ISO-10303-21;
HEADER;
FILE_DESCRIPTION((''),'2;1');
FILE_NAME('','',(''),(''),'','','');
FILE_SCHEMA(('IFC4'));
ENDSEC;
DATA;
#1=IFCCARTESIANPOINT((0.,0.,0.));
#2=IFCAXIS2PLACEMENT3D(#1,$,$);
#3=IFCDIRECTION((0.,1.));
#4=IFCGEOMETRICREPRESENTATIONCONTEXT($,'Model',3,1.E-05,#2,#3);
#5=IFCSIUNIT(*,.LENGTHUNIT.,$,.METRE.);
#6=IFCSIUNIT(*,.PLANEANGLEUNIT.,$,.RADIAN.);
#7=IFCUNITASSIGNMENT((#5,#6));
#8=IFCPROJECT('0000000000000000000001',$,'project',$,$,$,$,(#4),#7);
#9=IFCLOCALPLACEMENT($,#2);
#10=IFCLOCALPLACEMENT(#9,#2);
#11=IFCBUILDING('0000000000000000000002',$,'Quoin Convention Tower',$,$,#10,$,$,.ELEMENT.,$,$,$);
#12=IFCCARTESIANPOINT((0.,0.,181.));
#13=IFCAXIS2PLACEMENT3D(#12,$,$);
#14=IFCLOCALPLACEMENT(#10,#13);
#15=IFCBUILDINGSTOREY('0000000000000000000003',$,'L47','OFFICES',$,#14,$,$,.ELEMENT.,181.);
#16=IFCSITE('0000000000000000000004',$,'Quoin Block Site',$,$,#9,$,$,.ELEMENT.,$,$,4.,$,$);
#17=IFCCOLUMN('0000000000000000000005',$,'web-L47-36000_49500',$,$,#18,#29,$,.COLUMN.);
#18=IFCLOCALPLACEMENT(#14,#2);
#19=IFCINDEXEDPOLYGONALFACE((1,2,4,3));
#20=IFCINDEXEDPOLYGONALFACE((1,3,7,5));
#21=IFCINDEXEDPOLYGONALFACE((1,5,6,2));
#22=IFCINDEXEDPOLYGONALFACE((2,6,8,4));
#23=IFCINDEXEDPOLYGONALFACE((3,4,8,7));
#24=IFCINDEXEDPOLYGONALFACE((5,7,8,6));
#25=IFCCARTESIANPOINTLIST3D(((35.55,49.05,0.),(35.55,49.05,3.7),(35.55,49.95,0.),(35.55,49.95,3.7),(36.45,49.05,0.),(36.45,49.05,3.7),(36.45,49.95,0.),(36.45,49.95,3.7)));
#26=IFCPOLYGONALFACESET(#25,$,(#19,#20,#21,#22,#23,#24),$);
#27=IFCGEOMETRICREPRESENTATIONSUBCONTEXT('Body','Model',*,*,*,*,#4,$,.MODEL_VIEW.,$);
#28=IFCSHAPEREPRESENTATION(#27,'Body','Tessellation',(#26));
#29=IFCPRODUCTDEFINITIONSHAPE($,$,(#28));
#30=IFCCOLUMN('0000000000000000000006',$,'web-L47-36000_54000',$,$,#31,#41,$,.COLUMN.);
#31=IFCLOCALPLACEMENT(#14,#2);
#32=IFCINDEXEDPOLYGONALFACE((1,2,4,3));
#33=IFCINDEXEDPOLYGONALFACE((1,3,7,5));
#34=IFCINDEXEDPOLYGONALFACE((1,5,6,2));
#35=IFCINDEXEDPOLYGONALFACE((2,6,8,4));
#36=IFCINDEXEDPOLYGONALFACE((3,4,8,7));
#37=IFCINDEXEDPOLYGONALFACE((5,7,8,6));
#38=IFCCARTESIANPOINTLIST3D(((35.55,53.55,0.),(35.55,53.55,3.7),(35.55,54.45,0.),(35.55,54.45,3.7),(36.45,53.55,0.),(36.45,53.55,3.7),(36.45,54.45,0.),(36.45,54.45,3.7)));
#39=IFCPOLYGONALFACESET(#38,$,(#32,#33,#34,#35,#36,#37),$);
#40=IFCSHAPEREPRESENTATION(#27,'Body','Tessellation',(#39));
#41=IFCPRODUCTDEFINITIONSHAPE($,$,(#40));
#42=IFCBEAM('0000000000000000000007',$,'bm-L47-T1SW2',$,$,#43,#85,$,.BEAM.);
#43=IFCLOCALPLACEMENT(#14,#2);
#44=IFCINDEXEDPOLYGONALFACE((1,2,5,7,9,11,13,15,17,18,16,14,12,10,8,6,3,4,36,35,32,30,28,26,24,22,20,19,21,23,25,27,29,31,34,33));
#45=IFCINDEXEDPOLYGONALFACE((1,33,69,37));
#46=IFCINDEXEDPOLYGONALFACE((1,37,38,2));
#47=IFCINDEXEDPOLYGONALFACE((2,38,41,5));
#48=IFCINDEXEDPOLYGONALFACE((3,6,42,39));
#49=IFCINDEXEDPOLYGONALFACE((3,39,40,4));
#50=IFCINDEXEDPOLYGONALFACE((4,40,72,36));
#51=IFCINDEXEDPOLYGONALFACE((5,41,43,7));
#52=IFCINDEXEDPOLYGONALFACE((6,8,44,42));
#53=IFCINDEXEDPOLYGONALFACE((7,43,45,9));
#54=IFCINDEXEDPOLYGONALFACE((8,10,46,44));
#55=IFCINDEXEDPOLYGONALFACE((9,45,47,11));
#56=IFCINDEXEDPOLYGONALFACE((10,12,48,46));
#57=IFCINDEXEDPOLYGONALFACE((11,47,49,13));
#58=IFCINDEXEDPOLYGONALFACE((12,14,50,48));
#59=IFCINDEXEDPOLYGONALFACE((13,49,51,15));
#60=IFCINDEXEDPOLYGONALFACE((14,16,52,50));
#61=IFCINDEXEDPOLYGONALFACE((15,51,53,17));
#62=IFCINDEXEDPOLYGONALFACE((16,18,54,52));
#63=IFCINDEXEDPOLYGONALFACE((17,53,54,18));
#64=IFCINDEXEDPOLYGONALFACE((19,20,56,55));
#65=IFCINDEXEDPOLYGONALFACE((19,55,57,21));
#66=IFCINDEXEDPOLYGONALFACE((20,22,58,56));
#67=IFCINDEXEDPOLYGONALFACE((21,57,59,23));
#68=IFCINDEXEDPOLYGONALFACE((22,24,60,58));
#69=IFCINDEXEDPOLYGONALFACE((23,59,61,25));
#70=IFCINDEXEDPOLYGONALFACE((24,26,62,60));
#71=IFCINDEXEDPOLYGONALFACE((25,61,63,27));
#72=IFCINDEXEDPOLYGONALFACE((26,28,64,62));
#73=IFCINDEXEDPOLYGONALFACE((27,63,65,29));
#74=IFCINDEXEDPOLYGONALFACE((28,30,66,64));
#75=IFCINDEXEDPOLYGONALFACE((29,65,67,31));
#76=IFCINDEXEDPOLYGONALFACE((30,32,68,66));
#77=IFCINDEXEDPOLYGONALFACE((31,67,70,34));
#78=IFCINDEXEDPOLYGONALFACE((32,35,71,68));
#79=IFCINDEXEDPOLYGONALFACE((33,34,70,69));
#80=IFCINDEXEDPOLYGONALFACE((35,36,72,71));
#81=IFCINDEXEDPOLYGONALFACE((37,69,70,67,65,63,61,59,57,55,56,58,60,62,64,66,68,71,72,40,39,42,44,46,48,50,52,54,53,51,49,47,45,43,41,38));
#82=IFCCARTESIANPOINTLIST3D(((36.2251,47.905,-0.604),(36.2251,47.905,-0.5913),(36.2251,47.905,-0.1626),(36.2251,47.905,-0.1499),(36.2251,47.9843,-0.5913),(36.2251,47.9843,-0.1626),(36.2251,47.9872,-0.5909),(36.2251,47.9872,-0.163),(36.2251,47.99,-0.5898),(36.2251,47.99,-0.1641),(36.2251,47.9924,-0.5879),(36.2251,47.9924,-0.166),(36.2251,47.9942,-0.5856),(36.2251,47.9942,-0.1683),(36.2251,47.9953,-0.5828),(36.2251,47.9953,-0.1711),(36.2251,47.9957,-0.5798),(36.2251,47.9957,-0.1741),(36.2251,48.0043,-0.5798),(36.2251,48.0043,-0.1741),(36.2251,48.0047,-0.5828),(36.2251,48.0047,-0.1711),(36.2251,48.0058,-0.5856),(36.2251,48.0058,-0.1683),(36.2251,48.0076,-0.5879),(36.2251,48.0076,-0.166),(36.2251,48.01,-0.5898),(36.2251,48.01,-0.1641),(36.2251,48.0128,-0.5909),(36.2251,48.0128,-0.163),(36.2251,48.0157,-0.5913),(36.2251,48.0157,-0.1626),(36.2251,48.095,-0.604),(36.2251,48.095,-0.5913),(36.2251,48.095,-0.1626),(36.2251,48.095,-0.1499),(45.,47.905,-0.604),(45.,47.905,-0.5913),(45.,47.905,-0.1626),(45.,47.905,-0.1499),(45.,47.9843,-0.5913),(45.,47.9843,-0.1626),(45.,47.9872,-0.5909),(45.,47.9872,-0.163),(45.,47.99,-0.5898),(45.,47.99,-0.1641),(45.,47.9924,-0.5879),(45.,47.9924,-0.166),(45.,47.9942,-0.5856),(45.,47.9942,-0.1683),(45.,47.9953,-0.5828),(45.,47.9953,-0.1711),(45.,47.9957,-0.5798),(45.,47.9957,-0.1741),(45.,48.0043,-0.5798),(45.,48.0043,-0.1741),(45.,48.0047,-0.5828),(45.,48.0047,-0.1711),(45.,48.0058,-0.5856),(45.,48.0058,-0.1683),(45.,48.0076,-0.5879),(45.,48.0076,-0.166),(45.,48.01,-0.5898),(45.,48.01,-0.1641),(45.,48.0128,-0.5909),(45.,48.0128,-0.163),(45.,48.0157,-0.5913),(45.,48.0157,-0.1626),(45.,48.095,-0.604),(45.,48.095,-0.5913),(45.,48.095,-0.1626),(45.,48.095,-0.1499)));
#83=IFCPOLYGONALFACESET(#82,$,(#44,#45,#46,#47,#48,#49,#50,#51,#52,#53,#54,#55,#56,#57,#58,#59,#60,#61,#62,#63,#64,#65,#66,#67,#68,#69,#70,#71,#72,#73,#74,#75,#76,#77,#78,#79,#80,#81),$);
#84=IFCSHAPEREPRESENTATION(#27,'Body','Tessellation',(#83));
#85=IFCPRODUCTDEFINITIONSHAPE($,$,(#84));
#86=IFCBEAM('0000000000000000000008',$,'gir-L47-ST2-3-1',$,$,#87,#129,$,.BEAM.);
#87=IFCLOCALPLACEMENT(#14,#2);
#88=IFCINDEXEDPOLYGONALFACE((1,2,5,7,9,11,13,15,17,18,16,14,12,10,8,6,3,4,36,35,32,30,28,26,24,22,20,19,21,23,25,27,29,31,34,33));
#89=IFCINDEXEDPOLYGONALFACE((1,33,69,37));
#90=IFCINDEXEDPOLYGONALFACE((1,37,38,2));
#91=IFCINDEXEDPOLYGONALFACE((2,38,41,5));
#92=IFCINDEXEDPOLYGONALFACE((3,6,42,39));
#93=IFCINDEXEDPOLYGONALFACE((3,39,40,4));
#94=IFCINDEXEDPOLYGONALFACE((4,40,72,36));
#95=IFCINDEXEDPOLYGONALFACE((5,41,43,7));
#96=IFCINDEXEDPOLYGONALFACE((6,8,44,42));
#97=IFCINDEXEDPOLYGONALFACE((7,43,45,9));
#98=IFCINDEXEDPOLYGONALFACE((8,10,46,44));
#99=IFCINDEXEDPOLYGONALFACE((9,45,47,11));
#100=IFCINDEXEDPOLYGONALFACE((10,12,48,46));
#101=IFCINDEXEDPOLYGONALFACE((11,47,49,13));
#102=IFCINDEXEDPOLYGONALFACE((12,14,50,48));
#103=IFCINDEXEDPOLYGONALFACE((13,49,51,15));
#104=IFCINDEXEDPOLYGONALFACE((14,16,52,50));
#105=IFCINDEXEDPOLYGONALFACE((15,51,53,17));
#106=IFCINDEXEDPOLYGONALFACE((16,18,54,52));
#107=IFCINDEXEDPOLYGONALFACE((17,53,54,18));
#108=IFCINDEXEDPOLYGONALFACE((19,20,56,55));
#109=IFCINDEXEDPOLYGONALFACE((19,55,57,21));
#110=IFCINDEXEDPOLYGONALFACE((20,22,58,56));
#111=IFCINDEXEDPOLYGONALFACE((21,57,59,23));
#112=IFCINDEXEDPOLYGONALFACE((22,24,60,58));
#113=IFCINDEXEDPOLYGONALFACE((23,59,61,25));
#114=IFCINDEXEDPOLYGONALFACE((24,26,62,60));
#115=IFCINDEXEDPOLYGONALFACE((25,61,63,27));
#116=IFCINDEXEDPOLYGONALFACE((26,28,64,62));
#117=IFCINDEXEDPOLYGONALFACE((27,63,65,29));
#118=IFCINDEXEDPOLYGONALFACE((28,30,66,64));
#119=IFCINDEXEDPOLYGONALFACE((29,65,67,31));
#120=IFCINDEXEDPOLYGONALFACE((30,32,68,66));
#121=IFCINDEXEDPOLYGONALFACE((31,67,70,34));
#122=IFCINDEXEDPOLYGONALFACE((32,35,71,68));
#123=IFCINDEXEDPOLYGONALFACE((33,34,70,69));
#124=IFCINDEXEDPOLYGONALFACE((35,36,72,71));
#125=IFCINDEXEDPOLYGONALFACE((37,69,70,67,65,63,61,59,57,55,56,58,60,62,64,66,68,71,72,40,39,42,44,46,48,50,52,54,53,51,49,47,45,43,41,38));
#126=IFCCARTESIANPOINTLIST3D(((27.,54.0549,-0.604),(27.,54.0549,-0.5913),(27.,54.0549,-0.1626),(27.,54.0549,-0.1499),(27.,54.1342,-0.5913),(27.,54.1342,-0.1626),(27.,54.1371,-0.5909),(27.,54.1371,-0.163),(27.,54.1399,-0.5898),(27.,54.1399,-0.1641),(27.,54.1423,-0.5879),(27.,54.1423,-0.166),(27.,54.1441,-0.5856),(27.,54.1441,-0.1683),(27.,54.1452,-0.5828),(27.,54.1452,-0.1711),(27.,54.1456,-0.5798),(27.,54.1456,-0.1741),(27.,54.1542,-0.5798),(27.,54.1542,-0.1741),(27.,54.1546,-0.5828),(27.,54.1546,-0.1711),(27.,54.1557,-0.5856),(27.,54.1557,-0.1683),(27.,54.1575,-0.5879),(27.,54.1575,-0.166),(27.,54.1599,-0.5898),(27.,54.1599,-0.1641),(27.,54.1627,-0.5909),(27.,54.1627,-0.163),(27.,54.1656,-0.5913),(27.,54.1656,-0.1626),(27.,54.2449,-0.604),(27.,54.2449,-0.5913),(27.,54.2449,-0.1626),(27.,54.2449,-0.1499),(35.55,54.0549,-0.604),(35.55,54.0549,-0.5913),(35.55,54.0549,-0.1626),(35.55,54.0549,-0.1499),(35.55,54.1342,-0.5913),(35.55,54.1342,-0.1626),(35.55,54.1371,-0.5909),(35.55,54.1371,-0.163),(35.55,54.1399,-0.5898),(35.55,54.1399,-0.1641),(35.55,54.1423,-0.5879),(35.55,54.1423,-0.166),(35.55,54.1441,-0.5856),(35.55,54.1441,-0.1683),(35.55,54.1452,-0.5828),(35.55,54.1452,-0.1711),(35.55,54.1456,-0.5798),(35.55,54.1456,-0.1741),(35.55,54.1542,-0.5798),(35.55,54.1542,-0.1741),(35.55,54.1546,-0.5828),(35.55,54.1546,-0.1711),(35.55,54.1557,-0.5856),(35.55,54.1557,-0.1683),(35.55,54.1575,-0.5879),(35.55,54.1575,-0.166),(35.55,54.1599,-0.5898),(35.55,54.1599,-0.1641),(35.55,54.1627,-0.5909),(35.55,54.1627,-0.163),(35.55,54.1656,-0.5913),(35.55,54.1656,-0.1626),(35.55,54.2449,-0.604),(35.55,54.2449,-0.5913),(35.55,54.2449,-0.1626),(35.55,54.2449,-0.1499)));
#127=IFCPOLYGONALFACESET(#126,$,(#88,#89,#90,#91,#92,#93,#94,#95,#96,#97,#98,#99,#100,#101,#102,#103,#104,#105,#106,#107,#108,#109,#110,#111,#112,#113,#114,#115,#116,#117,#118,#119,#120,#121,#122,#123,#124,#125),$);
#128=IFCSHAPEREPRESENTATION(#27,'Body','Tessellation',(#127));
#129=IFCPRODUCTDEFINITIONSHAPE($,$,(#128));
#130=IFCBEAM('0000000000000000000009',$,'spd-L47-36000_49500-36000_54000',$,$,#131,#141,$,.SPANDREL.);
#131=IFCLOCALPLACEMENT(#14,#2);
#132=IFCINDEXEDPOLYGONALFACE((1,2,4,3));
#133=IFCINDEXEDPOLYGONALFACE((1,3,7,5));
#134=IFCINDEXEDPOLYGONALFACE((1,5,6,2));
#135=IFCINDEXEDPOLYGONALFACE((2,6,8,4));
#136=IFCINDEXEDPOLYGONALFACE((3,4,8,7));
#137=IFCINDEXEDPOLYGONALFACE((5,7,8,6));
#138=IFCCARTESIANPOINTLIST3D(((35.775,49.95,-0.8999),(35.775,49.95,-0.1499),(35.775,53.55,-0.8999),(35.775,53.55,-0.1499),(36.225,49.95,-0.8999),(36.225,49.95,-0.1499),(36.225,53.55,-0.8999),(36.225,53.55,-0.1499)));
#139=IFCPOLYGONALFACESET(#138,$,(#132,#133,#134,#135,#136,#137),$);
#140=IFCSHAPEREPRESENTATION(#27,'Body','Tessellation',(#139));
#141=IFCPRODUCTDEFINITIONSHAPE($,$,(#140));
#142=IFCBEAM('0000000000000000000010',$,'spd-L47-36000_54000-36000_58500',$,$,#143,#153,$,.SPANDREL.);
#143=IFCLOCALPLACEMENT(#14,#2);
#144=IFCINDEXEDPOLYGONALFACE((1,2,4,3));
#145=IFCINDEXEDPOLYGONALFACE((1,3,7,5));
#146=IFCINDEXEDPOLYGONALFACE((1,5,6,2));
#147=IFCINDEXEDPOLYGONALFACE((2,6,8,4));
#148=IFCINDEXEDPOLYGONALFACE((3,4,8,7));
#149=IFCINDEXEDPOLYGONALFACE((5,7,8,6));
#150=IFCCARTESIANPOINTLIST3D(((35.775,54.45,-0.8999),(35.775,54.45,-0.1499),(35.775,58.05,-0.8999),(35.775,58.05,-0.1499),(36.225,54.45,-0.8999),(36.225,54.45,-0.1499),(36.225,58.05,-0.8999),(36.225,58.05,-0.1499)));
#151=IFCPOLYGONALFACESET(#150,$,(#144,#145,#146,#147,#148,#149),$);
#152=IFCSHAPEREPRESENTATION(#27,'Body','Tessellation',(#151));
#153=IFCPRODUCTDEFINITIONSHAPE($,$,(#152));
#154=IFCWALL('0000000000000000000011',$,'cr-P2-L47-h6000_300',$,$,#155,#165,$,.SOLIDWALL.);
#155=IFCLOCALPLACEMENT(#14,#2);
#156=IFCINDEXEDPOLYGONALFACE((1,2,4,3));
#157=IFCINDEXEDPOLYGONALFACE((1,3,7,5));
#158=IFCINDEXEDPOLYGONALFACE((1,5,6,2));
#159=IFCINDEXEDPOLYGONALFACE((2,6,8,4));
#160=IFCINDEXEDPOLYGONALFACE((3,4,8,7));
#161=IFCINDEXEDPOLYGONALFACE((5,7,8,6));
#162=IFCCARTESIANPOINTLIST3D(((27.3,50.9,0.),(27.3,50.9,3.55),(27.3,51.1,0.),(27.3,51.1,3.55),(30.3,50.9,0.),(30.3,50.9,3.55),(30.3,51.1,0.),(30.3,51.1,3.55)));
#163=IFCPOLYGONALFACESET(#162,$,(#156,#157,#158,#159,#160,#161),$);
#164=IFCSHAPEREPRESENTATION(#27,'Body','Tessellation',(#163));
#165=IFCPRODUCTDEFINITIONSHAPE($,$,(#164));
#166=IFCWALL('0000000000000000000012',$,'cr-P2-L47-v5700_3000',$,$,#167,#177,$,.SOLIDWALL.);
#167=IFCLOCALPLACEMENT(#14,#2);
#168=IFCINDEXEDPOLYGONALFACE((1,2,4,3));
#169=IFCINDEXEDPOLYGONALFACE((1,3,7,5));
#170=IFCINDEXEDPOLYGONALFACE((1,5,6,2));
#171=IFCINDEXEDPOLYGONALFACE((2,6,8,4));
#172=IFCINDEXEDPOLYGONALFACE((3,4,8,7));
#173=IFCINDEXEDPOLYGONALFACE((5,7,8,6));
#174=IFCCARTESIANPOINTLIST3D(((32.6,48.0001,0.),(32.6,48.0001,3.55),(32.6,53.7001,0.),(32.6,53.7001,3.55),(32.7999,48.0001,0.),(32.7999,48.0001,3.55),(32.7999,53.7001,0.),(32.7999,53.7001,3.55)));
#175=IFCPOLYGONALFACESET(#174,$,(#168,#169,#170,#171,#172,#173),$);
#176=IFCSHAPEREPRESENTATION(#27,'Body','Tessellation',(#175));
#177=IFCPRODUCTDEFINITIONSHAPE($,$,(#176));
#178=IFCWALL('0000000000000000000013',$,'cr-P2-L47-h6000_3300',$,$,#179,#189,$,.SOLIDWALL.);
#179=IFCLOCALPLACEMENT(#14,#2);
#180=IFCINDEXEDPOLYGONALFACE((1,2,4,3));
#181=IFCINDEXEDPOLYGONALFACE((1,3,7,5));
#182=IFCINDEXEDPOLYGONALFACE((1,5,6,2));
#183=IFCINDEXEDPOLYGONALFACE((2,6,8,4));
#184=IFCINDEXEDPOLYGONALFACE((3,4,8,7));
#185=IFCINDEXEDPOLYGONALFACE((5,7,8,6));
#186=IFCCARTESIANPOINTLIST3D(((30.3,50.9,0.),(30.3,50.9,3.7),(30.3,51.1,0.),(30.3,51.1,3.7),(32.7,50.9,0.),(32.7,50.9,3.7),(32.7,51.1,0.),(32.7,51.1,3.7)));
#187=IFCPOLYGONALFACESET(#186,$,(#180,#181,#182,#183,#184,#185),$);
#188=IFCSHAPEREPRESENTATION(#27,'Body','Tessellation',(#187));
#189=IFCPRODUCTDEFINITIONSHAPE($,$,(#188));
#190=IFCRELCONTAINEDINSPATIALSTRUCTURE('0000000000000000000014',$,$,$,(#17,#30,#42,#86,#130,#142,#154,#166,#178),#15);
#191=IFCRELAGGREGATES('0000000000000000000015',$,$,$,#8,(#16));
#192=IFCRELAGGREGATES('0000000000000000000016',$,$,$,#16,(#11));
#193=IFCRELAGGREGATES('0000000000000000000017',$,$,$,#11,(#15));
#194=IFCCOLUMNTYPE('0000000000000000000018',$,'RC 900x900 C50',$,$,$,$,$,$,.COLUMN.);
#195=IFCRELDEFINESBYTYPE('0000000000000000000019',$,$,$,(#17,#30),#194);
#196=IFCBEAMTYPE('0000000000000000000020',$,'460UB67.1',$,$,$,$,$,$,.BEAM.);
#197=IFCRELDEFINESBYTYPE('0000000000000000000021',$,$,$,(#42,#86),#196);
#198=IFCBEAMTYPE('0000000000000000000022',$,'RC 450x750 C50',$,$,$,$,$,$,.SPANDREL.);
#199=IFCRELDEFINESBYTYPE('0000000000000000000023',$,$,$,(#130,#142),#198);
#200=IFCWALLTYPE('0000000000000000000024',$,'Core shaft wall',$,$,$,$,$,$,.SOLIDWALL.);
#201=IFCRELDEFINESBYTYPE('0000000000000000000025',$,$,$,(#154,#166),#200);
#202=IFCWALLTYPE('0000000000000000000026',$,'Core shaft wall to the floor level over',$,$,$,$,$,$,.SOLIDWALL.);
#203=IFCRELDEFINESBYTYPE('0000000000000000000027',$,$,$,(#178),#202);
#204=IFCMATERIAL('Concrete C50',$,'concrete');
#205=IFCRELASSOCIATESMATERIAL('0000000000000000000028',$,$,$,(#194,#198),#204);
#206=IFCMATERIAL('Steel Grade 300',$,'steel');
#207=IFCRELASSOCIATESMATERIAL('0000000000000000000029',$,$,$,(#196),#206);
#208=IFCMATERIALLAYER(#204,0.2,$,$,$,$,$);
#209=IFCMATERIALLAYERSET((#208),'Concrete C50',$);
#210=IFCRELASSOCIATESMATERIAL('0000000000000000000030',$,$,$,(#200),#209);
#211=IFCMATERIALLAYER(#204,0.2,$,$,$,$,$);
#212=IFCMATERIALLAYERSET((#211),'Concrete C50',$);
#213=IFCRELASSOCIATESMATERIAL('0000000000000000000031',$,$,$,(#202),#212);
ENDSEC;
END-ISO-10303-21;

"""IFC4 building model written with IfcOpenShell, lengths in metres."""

from ifc_helpers import new_model, si_unit, direction, frame, frame_2d, origin, origin_2d, place, context, subcontext, project, spatial, rectangle, i_section, extrude, material, layer, layer_set, material_profile, profile_set, type_object, element, save


model = new_model("IFC4")

# Units and contexts
model_context = context("Model", 3, precision=1e-05, world=origin(), true_north=direction((0.0, 1.0)))
body_context = subcontext(model_context, "Body", "Model", "MODEL_VIEW")
ifc_project = project(units=[si_unit("LENGTHUNIT", "METRE"), si_unit("PLANEANGLEUNIT", "RADIAN")], contexts=[model_context])

# Site, building, storey
site_placement = place(None, origin())
site = spatial("IfcSite", under=ifc_project, at=site_placement, Name="Quoin Block Site", CompositionType="ELEMENT", RefElevation=4.0)
building_placement = place(site_placement, origin())
building = spatial("IfcBuilding", under=site, at=building_placement, Name="Quoin Convention Tower", CompositionType="ELEMENT")
storey_placement = place(building_placement, frame((0.0, 0.0, 181.0)))
storey = spatial("IfcBuildingStorey", under=building, at=storey_placement, Name="L47", Description="OFFICES", CompositionType="ELEMENT", Elevation=181.0)

# Columns
ifc_material_1 = material(Name="Concrete C50", Category="concrete")
ifc_material_profile_1 = material_profile(ifc_material_1, rectangle(XDim=0.8999, YDim=0.8999, at=origin_2d()), Name="RC 900x900")
ifc_profile_set_1 = profile_set([ifc_material_profile_1], Name="Concrete C50")
column_type = type_object("IfcColumnType", Name="RC 900x900 C50", PredefinedType="COLUMN", material=ifc_profile_set_1)
for number, where, z_axis, x_axis, name in (
    (1, (36.0, 49.5, 0.0), (0.0, 0.0, 1.0), (1.0, 0.0, 0.0), "web-L47-36000_49500"),
    (2, (36.0, 54.0, 0.0), (0.0, 0.0, 1.0), (1.0, 0.0, 0.0), "web-L47-36000_54000"),
):
    element("IfcColumn", number, at=place(storey_placement, frame(where, z_axis=z_axis, x_axis=x_axis)), inside=storey, type_object=column_type, Name=name, PredefinedType="COLUMN", context=body_context, shape_type="SweptSolid", body=[
        extrude(rectangle(XDim=0.8999, YDim=0.8999, at=origin_2d()), origin(), (0.0, 0.0, 1.0), 3.7),
    ])

# Beams
ifc_material_2 = material(Name="Steel Grade 300", Category="steel")
ifc_material_profile_2 = material_profile(ifc_material_2, i_section(OverallWidth=0.1899, OverallDepth=0.4541, WebThickness=0.0085, FlangeThickness=0.0127, FilletRadius=0.0115, at=origin_2d()), Name="460UB67.1")
ifc_profile_set_2 = profile_set([ifc_material_profile_2], Name="Steel Grade 300")
beam_type_1 = type_object("IfcBeamType", Name="460UB67.1", PredefinedType="BEAM", material=ifc_profile_set_2)
beam_1_placement = place(storey_placement, frame((36.2251, 48.0, -0.377), z_axis=(1.0, 0.0, 0.0), x_axis=(0.0, 1.0, 0.0)))
element("IfcBeam", 3, at=beam_1_placement, inside=storey, type_object=beam_type_1, Name="bm-L47-T1SW2", PredefinedType="BEAM", context=body_context, shape_type="SweptSolid", body=[
    extrude(i_section(OverallWidth=0.1899, OverallDepth=0.4541, WebThickness=0.0085, FlangeThickness=0.0127, FilletRadius=0.0115, at=origin_2d()), origin(), (0.0, 0.0, 1.0), 8.7749),
])
beam_2_placement = place(storey_placement, frame((27.0, 54.1499, -0.377), z_axis=(1.0, 0.0, 0.0), x_axis=(0.0, 1.0, 0.0)))
element("IfcBeam", 4, at=beam_2_placement, inside=storey, type_object=beam_type_1, Name="gir-L47-ST2-3-1", PredefinedType="BEAM", context=body_context, shape_type="SweptSolid", body=[
    extrude(i_section(OverallWidth=0.1899, OverallDepth=0.4541, WebThickness=0.0085, FlangeThickness=0.0127, FilletRadius=0.0115, at=origin_2d()), origin(), (0.0, 0.0, 1.0), 8.55),
])
ifc_material_profile_3 = material_profile(ifc_material_1, rectangle(XDim=0.45, YDim=0.75, at=origin_2d()), Name="RC 450x750")
ifc_profile_set_3 = profile_set([ifc_material_profile_3], Name="Concrete C50")
beam_type_2 = type_object("IfcBeamType", Name="RC 450x750 C50", PredefinedType="SPANDREL", material=ifc_profile_set_3)
for number, where, z_axis, x_axis, name in (
    (5, (36.0, 49.95, -0.5249), (0.0, 1.0, 0.0), (-1.0, 0.0, 0.0), "spd-L47-36000_49500-36000_54000"),
    (6, (36.0, 54.45, -0.5249), (0.0, 1.0, 0.0), (-1.0, 0.0, 0.0), "spd-L47-36000_54000-36000_58500"),
):
    element("IfcBeam", number, at=place(storey_placement, frame(where, z_axis=z_axis, x_axis=x_axis)), inside=storey, type_object=beam_type_2, Name=name, PredefinedType="SPANDREL", context=body_context, shape_type="SweptSolid", body=[
        extrude(rectangle(XDim=0.45, YDim=0.75, at=origin_2d()), origin(), (0.0, 0.0, 1.0), 3.6001),
    ])

# Walls
ifc_layer_1 = layer(ifc_material_1, 0.2)
ifc_layer_set_1 = layer_set([ifc_layer_1], Name="Concrete C50")
wall_type_1 = type_object("IfcWallType", Name="Core shaft wall", PredefinedType="SOLIDWALL", material=ifc_layer_set_1)
wall_1_placement = place(storey_placement, frame((27.3, 51.0, 0.0), z_axis=(0.0, 0.0, 1.0), x_axis=(1.0, 0.0, 0.0)))
element("IfcWall", 7, at=wall_1_placement, inside=storey, type_object=wall_type_1, Name="cr-P2-L47-h6000_300", PredefinedType="SOLIDWALL", context=body_context, shape_type="SweptSolid", body=[
    extrude(rectangle(XDim=3.0, YDim=0.2, at=frame_2d((1.5, 0.0))), origin(), (0.0, 0.0, 1.0), 3.55),
])
wall_2_placement = place(storey_placement, frame((32.7, 48.0, 0.0), z_axis=(0.0, 0.0, 1.0), x_axis=(0.0, 1.0, 0.0)))
element("IfcWall", 8, at=wall_2_placement, inside=storey, type_object=wall_type_1, Name="cr-P2-L47-v5700_3000", PredefinedType="SOLIDWALL", context=body_context, shape_type="SweptSolid", body=[
    extrude(rectangle(XDim=5.7, YDim=0.2, at=frame_2d((2.8501, 0.0))), origin(), (0.0, 0.0, 1.0), 3.55),
])
ifc_layer_2 = layer(ifc_material_1, 0.2)
ifc_layer_set_2 = layer_set([ifc_layer_2], Name="Concrete C50")
wall_type_2 = type_object("IfcWallType", Name="Core shaft wall to the floor level over", PredefinedType="SOLIDWALL", material=ifc_layer_set_2)
wall_3_placement = place(storey_placement, frame((30.3, 51.0, 0.0), z_axis=(0.0, 0.0, 1.0), x_axis=(1.0, 0.0, 0.0)))
element("IfcWall", 9, at=wall_3_placement, inside=storey, type_object=wall_type_2, Name="cr-P2-L47-h6000_3300", PredefinedType="SOLIDWALL", context=body_context, shape_type="SweptSolid", body=[
    extrude(rectangle(XDim=2.3999, YDim=0.2, at=frame_2d((1.2, 0.0))), origin(), (0.0, 0.0, 1.0), 3.7),
])

save(model, "model.ifc")
